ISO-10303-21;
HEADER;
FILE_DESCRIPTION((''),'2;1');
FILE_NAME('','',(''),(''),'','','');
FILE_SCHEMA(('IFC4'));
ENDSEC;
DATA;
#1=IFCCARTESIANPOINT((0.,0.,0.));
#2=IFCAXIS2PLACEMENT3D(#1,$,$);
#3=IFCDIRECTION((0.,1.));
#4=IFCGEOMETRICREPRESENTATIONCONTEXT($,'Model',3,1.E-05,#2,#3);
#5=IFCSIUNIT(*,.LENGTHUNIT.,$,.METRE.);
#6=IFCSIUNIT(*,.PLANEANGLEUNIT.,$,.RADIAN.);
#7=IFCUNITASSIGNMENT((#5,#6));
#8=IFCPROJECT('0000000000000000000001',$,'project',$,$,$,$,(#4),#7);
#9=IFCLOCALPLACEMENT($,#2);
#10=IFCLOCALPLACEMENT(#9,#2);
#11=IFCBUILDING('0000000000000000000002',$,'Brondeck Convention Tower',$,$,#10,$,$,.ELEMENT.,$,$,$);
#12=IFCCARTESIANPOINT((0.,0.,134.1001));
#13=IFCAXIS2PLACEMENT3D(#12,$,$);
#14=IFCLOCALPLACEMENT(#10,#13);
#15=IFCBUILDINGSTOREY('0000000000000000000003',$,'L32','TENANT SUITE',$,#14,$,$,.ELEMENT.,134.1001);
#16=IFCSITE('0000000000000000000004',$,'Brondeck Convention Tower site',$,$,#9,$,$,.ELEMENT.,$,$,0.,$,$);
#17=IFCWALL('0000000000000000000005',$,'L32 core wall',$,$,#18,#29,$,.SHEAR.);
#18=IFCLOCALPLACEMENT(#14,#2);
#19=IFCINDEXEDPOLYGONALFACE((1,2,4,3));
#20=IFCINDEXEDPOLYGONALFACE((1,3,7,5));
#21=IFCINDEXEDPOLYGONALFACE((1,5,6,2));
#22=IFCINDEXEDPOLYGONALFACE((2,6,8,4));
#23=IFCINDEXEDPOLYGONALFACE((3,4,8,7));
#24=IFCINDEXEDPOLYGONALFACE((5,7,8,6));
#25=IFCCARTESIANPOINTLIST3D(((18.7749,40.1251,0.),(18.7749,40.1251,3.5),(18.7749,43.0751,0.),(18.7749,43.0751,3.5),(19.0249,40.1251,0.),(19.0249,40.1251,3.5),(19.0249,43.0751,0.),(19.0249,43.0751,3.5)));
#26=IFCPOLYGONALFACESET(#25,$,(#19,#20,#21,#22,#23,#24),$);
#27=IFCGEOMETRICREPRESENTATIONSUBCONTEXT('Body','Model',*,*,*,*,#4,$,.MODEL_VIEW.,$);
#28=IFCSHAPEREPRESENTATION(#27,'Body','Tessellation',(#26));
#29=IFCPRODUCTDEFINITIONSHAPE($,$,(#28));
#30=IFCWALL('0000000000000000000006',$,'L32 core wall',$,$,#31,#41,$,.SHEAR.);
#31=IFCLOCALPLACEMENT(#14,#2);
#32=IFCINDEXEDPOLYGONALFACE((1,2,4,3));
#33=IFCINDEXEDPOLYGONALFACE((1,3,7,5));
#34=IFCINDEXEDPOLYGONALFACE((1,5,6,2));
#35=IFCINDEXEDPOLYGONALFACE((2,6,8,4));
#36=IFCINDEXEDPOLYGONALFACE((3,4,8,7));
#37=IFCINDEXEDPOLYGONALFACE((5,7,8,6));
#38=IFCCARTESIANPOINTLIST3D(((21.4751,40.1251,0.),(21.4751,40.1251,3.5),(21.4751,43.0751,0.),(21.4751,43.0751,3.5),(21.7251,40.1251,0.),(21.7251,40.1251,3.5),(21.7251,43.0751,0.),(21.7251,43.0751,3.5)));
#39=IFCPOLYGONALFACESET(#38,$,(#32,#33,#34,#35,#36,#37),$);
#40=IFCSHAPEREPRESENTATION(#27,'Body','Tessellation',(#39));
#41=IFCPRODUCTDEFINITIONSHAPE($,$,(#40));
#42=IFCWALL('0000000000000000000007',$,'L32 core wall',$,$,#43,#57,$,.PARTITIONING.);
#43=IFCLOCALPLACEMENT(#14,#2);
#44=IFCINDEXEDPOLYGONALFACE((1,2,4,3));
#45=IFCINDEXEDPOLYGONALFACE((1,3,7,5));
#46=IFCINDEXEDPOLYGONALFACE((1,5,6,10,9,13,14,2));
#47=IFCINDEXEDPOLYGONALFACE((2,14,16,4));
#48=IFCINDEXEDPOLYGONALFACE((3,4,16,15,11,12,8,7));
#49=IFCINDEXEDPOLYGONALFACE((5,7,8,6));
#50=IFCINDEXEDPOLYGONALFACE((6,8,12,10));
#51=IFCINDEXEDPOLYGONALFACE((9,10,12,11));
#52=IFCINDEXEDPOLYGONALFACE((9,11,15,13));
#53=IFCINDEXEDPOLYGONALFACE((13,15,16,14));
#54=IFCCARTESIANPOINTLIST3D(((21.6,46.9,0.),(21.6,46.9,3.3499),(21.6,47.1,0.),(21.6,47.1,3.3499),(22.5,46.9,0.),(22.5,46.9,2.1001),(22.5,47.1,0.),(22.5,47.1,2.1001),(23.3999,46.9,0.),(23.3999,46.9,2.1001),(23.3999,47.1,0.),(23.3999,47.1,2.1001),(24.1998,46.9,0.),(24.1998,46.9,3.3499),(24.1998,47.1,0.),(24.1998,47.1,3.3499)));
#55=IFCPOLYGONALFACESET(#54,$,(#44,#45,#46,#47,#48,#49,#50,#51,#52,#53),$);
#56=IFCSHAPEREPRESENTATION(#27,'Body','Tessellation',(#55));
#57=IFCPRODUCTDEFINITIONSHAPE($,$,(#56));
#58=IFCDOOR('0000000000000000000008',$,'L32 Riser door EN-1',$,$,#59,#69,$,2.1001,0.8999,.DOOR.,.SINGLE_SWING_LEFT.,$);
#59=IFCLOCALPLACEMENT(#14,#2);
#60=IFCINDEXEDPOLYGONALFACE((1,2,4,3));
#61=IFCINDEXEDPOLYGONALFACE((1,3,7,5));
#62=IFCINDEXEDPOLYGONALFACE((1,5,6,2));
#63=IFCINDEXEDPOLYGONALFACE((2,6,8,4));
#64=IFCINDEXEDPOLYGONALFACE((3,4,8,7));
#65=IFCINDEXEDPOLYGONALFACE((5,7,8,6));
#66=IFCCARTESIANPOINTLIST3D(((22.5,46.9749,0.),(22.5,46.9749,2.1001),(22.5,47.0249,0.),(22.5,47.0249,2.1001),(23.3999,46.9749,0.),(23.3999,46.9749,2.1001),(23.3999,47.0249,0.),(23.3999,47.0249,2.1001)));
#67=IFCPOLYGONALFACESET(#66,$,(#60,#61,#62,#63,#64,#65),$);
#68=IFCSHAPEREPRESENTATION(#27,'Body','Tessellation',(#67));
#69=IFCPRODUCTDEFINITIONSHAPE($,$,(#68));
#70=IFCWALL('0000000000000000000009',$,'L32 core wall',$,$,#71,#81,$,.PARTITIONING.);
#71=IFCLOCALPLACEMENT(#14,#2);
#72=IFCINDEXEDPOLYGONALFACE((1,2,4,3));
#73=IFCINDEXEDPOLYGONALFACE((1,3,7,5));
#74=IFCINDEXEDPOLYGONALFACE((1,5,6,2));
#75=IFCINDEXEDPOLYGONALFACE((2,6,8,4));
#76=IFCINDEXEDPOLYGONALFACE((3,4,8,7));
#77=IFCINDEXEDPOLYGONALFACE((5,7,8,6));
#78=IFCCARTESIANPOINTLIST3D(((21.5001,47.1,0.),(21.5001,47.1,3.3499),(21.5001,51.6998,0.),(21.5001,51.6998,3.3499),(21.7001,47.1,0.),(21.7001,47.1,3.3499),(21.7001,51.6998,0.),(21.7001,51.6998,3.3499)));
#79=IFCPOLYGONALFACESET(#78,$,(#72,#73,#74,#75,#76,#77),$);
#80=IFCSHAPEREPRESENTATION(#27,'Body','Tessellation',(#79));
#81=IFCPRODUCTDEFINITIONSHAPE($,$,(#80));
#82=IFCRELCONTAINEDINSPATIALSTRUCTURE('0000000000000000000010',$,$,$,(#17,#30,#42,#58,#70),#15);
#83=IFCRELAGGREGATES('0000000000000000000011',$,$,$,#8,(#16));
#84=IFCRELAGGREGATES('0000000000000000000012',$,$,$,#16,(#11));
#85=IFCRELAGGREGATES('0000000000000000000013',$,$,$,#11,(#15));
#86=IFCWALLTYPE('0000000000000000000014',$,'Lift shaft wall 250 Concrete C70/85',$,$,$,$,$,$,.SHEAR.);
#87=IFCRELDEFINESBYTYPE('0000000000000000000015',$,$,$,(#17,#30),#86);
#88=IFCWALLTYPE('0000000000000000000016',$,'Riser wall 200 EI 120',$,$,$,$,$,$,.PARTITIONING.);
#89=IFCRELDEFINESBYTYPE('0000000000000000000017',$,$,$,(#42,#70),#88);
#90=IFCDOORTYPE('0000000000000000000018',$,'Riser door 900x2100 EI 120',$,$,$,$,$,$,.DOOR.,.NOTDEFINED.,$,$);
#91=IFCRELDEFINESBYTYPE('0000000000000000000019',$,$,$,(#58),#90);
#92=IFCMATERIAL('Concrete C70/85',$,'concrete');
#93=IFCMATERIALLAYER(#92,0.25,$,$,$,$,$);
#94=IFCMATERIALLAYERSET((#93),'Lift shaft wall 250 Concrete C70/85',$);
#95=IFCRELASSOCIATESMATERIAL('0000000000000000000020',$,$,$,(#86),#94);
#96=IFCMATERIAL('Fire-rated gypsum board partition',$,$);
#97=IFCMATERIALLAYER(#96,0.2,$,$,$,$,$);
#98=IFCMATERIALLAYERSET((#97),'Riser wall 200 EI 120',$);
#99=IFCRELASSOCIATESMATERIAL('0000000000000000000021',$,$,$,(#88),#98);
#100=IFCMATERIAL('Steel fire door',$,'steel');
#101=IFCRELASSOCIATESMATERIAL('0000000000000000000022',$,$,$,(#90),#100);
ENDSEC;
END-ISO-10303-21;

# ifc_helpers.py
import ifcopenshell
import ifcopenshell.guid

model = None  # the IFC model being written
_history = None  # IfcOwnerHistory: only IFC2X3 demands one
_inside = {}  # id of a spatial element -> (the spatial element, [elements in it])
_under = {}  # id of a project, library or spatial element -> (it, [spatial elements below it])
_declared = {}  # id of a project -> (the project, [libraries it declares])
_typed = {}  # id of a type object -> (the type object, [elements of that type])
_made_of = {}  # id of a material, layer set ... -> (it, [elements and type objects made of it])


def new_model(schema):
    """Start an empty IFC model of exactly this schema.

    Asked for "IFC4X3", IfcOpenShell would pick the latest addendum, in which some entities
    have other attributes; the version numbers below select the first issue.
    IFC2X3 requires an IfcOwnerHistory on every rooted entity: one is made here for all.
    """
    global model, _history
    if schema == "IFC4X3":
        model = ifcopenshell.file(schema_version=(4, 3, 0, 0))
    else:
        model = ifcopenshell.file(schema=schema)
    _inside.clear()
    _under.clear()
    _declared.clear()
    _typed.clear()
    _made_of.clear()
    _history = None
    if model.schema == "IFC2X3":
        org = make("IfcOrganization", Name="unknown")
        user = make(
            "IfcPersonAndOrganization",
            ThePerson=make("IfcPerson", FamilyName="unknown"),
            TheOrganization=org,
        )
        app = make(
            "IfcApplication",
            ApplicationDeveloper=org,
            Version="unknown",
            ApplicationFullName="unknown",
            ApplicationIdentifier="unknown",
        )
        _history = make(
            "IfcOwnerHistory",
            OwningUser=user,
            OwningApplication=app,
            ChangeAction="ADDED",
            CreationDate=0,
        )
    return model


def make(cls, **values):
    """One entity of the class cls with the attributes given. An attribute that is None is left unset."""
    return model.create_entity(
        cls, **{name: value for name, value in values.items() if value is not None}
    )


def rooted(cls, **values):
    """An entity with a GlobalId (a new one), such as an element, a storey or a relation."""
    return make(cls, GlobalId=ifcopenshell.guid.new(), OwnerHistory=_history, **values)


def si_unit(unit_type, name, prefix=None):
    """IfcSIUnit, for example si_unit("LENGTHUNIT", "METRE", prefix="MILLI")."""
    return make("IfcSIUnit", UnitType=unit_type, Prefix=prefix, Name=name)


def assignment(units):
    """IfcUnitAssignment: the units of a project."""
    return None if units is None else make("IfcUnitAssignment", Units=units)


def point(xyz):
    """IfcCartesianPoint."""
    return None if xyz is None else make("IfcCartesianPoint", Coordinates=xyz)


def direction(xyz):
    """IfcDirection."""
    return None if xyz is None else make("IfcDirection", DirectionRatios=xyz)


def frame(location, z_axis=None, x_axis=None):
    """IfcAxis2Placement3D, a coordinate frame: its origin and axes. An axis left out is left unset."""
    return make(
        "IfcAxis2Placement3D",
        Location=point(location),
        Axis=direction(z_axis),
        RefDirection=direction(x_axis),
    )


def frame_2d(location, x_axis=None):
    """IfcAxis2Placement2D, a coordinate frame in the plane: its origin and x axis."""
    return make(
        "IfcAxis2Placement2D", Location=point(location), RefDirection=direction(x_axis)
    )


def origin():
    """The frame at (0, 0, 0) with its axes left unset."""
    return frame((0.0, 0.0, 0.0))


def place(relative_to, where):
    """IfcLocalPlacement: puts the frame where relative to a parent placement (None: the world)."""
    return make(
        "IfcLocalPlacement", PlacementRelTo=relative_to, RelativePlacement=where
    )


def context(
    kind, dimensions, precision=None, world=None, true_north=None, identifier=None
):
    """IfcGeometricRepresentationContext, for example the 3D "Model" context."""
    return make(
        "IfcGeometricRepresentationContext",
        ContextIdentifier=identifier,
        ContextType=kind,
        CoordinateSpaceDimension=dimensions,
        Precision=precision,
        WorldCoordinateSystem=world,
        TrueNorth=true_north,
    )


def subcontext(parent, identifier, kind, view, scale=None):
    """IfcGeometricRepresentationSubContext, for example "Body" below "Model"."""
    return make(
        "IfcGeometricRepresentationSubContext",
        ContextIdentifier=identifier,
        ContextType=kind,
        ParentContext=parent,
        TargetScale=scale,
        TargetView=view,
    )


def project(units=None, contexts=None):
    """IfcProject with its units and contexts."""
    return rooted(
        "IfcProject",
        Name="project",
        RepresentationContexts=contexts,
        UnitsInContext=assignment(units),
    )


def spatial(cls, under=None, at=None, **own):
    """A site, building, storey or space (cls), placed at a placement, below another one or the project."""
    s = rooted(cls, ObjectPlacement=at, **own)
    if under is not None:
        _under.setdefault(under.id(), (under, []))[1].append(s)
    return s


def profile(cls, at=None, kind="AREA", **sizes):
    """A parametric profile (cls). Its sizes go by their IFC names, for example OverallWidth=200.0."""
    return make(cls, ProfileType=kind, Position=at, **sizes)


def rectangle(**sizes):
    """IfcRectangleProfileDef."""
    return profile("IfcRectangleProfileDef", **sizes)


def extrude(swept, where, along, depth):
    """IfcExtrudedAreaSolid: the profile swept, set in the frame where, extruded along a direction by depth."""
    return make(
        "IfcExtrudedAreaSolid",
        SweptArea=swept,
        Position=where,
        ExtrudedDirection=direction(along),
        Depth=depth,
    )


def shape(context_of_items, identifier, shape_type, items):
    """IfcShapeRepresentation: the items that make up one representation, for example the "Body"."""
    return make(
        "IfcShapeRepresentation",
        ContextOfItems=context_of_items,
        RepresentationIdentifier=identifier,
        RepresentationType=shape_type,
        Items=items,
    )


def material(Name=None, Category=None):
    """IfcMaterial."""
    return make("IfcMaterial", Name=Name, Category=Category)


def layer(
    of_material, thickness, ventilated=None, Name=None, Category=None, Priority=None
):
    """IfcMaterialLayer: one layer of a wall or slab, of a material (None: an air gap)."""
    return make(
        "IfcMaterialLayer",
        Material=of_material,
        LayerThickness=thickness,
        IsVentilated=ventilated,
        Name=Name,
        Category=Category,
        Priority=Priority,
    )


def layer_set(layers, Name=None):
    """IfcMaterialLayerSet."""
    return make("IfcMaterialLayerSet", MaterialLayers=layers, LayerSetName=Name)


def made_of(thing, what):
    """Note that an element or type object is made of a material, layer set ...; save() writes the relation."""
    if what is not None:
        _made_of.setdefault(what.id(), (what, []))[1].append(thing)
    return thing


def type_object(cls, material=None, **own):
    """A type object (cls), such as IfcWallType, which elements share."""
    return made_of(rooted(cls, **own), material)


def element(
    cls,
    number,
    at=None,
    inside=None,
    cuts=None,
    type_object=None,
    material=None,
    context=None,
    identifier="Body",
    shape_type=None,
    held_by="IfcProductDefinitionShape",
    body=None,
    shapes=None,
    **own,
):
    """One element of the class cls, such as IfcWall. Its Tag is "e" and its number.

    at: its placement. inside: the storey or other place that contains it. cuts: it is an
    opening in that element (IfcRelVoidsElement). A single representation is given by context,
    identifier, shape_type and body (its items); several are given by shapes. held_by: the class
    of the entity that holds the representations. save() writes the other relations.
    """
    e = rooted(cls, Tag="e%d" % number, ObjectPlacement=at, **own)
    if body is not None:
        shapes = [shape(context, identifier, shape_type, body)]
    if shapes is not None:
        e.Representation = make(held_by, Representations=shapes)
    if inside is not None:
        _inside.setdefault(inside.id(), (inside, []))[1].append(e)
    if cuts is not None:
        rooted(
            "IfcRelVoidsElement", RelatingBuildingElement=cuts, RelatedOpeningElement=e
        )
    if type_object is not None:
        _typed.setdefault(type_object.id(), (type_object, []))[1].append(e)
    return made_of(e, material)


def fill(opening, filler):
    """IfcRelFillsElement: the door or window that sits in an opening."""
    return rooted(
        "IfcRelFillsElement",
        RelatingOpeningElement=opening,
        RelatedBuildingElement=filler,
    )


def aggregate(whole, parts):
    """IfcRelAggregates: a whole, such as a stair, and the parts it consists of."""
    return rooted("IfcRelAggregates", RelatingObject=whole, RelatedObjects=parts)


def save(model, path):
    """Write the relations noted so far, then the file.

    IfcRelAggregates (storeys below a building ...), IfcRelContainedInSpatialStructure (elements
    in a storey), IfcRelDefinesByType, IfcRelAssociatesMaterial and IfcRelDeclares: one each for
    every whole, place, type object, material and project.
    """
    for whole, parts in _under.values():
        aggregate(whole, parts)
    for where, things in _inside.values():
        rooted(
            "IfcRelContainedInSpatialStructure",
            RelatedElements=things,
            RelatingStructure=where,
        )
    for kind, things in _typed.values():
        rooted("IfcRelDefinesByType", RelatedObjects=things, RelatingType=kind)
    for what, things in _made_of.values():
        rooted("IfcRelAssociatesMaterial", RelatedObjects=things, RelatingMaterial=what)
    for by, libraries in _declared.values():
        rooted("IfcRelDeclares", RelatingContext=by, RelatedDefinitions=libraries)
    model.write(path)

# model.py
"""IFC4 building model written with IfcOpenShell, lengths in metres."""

from ifc_helpers import new_model, si_unit, direction, frame, frame_2d, origin, place, context, subcontext, project, spatial, rectangle, extrude, material, layer, layer_set, type_object, element, fill, save


model = new_model("IFC4")

# Units and contexts
model_context = context("Model", 3, precision=1e-05, world=origin(), true_north=direction((0.0, 1.0)))
body_context = subcontext(model_context, "Body", "Model", "MODEL_VIEW")
ifc_project = project(units=[si_unit("LENGTHUNIT", "METRE"), si_unit("PLANEANGLEUNIT", "RADIAN")], contexts=[model_context])

# Site, building, storey
site_placement = place(None, origin())
site = spatial("IfcSite", under=ifc_project, at=site_placement, Name="Brondeck Convention Tower site", CompositionType="ELEMENT", RefElevation=0.0)
building_placement = place(site_placement, origin())
building = spatial("IfcBuilding", under=site, at=building_placement, Name="Brondeck Convention Tower", CompositionType="ELEMENT")
storey_placement = place(building_placement, frame((0.0, 0.0, 134.1001)))
storey = spatial("IfcBuildingStorey", under=building, at=storey_placement, Name="L32", Description="TENANT SUITE", CompositionType="ELEMENT", Elevation=134.1001)

# Shared definitions
ifc_material_1 = material(Name="Fire-rated gypsum board partition")

# Shared definitions
ifc_material_2 = material(Name="Steel fire door", Category="steel")

# Walls
ifc_material_3 = material(Name="Concrete C70/85", Category="concrete")
ifc_layer_1 = layer(ifc_material_3, 0.25)
ifc_layer_set_1 = layer_set([ifc_layer_1], Name="Lift shaft wall 250 Concrete C70/85")
wall_type_1 = type_object("IfcWallType", Name="Lift shaft wall 250 Concrete C70/85", PredefinedType="SHEAR", material=ifc_layer_set_1)
for number, where, z_axis, x_axis, name in (
    (1, (18.8999, 40.125, 0.0), (0.0, 0.0, 1.0), (0.0, 1.0, 0.0), "L32 core wall"),
    (2, (21.6001, 40.125, 0.0), (0.0, 0.0, 1.0), (0.0, 1.0, 0.0), "L32 core wall"),
):
    element("IfcWall", number, at=place(storey_placement, frame(where, z_axis=z_axis, x_axis=x_axis)), inside=storey, type_object=wall_type_1, Name=name, PredefinedType="SHEAR", context=body_context, shape_type="SweptSolid", body=[
        extrude(rectangle(XDim=2.95, YDim=0.25, at=frame_2d((1.4751, 0.0))), origin(), (0.0, 0.0, 1.0), 3.5),
    ])

# Wall, opening, door
ifc_layer_2 = layer(ifc_material_1, 0.2)
ifc_layer_set_2 = layer_set([ifc_layer_2], Name="Riser wall 200 EI 120")
wall_type_2 = type_object("IfcWallType", Name="Riser wall 200 EI 120", PredefinedType="PARTITIONING", material=ifc_layer_set_2)
wall_1_placement = place(storey_placement, frame((21.6001, 47.0, 0.0), z_axis=(0.0, 0.0, 1.0), x_axis=(1.0, 0.0, 0.0)))
wall_1 = element("IfcWall", 3, at=wall_1_placement, inside=storey, type_object=wall_type_2, Name="L32 core wall", PredefinedType="PARTITIONING", context=body_context, shape_type="SweptSolid", body=[
    extrude(rectangle(XDim=2.5999, YDim=0.2, at=frame_2d((1.2998, 0.0))), origin(), (0.0, 0.0, 1.0), 3.3499),
])
opening_1_placement = place(wall_1_placement, frame((0.8999, 0.0, 0.0)))
opening_1 = element("IfcOpeningElement", 4, at=opening_1_placement, cuts=wall_1, PredefinedType="OPENING", context=body_context, shape_type="SweptSolid", body=[
    extrude(rectangle(XDim=0.8999, YDim=2.1001, at=frame_2d((0.45, 1.05))), frame((0.0, 0.1099, 0.0), z_axis=(0.0, -1.0, 0.0), x_axis=(1.0, 0.0, 0.0)), (0.0, 0.0, 1.0), 0.22),
])
door_type_1 = type_object("IfcDoorType", Name="Riser door 900x2100 EI 120", OperationType="NOTDEFINED", PredefinedType="DOOR", material=ifc_material_2)
door_1_placement = place(opening_1_placement, origin())
door_1 = element("IfcDoor", 5, at=door_1_placement, inside=storey, type_object=door_type_1, Name="L32 Riser door EN-1", OperationType="SINGLE_SWING_LEFT", OverallHeight=2.1001, OverallWidth=0.8999, PredefinedType="DOOR", context=body_context, shape_type="SweptSolid", body=[
    extrude(rectangle(XDim=0.8999, YDim=2.1001, at=frame_2d((0.45, 1.05))), frame((0.0, 0.0249, 0.0), z_axis=(0.0, -1.0, 0.0), x_axis=(1.0, 0.0, 0.0)), (0.0, 0.0, 1.0), 0.05),
])
fill(opening_1, door_1)

# Wall
wall_2_placement = place(storey_placement, frame((21.6001, 47.1001, 0.0), z_axis=(0.0, 0.0, 1.0), x_axis=(0.0, 1.0, 0.0)))
element("IfcWall", 6, at=wall_2_placement, inside=storey, type_object=wall_type_2, Name="L32 core wall", PredefinedType="PARTITIONING", context=body_context, shape_type="SweptSolid", body=[
    extrude(rectangle(XDim=4.5999, YDim=0.2, at=frame_2d((2.2998, 0.0))), origin(), (0.0, 0.0, 1.0), 3.3499),
])

save(model, "model.ifc")
